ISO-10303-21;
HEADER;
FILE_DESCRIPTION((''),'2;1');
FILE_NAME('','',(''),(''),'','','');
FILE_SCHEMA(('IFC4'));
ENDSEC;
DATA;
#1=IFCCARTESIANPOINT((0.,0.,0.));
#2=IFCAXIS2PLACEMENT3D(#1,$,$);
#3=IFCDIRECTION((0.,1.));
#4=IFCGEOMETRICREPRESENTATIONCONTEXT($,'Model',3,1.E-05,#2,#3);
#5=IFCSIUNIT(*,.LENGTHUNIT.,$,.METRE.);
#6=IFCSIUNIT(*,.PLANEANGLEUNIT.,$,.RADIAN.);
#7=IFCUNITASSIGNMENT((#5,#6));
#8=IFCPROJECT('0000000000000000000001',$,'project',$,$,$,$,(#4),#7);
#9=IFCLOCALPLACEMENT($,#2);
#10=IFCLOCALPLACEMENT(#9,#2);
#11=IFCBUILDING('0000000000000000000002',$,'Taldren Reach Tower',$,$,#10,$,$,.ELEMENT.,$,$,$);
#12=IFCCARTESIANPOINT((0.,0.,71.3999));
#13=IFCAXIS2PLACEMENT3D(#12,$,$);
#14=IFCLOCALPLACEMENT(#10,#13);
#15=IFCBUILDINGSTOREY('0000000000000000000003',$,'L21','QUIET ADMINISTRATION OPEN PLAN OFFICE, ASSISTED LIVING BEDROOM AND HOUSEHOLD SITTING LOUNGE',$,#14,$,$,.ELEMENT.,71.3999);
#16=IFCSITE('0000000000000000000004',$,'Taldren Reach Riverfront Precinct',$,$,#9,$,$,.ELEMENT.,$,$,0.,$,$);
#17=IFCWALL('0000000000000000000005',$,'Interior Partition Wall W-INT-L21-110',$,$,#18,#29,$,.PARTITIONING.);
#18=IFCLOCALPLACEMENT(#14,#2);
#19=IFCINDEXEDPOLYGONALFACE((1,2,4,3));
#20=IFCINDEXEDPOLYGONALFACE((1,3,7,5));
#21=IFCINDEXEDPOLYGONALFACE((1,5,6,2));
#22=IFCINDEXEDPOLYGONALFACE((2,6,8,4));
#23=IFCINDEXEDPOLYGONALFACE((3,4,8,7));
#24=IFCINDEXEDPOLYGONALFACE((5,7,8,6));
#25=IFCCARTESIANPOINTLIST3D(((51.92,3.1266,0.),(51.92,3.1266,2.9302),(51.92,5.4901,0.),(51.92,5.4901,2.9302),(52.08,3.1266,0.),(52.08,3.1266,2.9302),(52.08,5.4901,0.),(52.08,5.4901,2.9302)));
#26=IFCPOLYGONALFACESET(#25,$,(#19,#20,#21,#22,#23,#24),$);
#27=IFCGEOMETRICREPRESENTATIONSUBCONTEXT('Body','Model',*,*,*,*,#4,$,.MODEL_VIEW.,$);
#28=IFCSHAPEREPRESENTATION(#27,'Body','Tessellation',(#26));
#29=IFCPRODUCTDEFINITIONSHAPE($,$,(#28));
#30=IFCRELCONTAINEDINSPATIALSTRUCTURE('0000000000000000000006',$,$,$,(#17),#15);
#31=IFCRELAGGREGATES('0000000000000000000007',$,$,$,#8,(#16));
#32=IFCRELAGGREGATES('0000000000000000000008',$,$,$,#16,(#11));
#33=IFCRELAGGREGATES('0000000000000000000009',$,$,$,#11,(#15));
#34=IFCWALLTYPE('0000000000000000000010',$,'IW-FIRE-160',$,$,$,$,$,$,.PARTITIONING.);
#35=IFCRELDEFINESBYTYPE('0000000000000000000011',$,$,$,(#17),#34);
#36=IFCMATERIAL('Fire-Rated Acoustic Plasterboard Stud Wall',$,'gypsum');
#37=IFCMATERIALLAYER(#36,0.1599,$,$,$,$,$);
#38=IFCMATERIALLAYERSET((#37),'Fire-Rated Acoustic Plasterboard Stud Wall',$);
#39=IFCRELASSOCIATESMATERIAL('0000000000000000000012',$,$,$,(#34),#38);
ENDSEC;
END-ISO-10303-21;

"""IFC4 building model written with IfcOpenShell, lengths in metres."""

from ifc_helpers import new_model, si_unit, direction, frame, frame_2d, origin, place, context, subcontext, project, spatial, rectangle, extrude, source, transform, mapped, material, layer, layer_set, type_object, element, save


model = new_model("IFC4")

# Units and contexts
model_context = context("Model", 3, precision=1e-05, world=origin(), true_north=direction((0.0, 1.0)))
body_context = subcontext(model_context, "Body", "Model", "MODEL_VIEW")
ifc_project = project(units=[si_unit("LENGTHUNIT", "METRE"), si_unit("PLANEANGLEUNIT", "RADIAN")], contexts=[model_context])

# Site, building, storey
site_placement = place(None, origin())
site = spatial("IfcSite", under=ifc_project, at=site_placement, Name="Taldren Reach Riverfront Precinct", CompositionType="ELEMENT", RefElevation=0.0)
building_placement = place(site_placement, origin())
building = spatial("IfcBuilding", under=site, at=building_placement, Name="Taldren Reach Tower", CompositionType="ELEMENT")
storey_placement = place(building_placement, frame((0.0, 0.0, 71.3999)))
storey = spatial("IfcBuildingStorey", under=building, at=storey_placement, Name="L21", Description="QUIET ADMINISTRATION OPEN PLAN OFFICE, ASSISTED LIVING BEDROOM AND HOUSEHOLD SITTING LOUNGE", CompositionType="ELEMENT", Elevation=71.3999)

# Shared definitions
ifc_material_1 = material(Name="Fire-Rated Acoustic Plasterboard Stud Wall", Category="gypsum")
ifc_layer_1 = layer(ifc_material_1, 0.1599)
ifc_layer_set_1 = layer_set([ifc_layer_1], Name="Fire-Rated Acoustic Plasterboard Stud Wall")
wall_type_1 = type_object("IfcWallType", Name="IW-FIRE-160", PredefinedType="PARTITIONING", material=ifc_layer_set_1)

# Wall
shared_shape_1 = source(origin(), body_context, "Body", "SweptSolid", [
    extrude(rectangle(XDim=2.3635, YDim=0.1599, at=frame_2d((1.1816, 0.0))), origin(), (0.0, 0.0, 1.0), 2.9302),
])
wall_1_placement = place(storey_placement, frame((52.0, 5.49, 0.0), z_axis=(0.0, 0.0, 1.0), x_axis=(0.0, -1.0, 0.0)))
element("IfcWall", 1, at=wall_1_placement, inside=storey, type_object=wall_type_1, Name="Interior Partition Wall W-INT-L21-110", PredefinedType="PARTITIONING", context=body_context, shape_type="MappedRepresentation", body=[
    mapped(shared_shape_1, transform((0.0, 0.0, 0.0), scale=1.0)),
])

save(model, "model.ifc")
